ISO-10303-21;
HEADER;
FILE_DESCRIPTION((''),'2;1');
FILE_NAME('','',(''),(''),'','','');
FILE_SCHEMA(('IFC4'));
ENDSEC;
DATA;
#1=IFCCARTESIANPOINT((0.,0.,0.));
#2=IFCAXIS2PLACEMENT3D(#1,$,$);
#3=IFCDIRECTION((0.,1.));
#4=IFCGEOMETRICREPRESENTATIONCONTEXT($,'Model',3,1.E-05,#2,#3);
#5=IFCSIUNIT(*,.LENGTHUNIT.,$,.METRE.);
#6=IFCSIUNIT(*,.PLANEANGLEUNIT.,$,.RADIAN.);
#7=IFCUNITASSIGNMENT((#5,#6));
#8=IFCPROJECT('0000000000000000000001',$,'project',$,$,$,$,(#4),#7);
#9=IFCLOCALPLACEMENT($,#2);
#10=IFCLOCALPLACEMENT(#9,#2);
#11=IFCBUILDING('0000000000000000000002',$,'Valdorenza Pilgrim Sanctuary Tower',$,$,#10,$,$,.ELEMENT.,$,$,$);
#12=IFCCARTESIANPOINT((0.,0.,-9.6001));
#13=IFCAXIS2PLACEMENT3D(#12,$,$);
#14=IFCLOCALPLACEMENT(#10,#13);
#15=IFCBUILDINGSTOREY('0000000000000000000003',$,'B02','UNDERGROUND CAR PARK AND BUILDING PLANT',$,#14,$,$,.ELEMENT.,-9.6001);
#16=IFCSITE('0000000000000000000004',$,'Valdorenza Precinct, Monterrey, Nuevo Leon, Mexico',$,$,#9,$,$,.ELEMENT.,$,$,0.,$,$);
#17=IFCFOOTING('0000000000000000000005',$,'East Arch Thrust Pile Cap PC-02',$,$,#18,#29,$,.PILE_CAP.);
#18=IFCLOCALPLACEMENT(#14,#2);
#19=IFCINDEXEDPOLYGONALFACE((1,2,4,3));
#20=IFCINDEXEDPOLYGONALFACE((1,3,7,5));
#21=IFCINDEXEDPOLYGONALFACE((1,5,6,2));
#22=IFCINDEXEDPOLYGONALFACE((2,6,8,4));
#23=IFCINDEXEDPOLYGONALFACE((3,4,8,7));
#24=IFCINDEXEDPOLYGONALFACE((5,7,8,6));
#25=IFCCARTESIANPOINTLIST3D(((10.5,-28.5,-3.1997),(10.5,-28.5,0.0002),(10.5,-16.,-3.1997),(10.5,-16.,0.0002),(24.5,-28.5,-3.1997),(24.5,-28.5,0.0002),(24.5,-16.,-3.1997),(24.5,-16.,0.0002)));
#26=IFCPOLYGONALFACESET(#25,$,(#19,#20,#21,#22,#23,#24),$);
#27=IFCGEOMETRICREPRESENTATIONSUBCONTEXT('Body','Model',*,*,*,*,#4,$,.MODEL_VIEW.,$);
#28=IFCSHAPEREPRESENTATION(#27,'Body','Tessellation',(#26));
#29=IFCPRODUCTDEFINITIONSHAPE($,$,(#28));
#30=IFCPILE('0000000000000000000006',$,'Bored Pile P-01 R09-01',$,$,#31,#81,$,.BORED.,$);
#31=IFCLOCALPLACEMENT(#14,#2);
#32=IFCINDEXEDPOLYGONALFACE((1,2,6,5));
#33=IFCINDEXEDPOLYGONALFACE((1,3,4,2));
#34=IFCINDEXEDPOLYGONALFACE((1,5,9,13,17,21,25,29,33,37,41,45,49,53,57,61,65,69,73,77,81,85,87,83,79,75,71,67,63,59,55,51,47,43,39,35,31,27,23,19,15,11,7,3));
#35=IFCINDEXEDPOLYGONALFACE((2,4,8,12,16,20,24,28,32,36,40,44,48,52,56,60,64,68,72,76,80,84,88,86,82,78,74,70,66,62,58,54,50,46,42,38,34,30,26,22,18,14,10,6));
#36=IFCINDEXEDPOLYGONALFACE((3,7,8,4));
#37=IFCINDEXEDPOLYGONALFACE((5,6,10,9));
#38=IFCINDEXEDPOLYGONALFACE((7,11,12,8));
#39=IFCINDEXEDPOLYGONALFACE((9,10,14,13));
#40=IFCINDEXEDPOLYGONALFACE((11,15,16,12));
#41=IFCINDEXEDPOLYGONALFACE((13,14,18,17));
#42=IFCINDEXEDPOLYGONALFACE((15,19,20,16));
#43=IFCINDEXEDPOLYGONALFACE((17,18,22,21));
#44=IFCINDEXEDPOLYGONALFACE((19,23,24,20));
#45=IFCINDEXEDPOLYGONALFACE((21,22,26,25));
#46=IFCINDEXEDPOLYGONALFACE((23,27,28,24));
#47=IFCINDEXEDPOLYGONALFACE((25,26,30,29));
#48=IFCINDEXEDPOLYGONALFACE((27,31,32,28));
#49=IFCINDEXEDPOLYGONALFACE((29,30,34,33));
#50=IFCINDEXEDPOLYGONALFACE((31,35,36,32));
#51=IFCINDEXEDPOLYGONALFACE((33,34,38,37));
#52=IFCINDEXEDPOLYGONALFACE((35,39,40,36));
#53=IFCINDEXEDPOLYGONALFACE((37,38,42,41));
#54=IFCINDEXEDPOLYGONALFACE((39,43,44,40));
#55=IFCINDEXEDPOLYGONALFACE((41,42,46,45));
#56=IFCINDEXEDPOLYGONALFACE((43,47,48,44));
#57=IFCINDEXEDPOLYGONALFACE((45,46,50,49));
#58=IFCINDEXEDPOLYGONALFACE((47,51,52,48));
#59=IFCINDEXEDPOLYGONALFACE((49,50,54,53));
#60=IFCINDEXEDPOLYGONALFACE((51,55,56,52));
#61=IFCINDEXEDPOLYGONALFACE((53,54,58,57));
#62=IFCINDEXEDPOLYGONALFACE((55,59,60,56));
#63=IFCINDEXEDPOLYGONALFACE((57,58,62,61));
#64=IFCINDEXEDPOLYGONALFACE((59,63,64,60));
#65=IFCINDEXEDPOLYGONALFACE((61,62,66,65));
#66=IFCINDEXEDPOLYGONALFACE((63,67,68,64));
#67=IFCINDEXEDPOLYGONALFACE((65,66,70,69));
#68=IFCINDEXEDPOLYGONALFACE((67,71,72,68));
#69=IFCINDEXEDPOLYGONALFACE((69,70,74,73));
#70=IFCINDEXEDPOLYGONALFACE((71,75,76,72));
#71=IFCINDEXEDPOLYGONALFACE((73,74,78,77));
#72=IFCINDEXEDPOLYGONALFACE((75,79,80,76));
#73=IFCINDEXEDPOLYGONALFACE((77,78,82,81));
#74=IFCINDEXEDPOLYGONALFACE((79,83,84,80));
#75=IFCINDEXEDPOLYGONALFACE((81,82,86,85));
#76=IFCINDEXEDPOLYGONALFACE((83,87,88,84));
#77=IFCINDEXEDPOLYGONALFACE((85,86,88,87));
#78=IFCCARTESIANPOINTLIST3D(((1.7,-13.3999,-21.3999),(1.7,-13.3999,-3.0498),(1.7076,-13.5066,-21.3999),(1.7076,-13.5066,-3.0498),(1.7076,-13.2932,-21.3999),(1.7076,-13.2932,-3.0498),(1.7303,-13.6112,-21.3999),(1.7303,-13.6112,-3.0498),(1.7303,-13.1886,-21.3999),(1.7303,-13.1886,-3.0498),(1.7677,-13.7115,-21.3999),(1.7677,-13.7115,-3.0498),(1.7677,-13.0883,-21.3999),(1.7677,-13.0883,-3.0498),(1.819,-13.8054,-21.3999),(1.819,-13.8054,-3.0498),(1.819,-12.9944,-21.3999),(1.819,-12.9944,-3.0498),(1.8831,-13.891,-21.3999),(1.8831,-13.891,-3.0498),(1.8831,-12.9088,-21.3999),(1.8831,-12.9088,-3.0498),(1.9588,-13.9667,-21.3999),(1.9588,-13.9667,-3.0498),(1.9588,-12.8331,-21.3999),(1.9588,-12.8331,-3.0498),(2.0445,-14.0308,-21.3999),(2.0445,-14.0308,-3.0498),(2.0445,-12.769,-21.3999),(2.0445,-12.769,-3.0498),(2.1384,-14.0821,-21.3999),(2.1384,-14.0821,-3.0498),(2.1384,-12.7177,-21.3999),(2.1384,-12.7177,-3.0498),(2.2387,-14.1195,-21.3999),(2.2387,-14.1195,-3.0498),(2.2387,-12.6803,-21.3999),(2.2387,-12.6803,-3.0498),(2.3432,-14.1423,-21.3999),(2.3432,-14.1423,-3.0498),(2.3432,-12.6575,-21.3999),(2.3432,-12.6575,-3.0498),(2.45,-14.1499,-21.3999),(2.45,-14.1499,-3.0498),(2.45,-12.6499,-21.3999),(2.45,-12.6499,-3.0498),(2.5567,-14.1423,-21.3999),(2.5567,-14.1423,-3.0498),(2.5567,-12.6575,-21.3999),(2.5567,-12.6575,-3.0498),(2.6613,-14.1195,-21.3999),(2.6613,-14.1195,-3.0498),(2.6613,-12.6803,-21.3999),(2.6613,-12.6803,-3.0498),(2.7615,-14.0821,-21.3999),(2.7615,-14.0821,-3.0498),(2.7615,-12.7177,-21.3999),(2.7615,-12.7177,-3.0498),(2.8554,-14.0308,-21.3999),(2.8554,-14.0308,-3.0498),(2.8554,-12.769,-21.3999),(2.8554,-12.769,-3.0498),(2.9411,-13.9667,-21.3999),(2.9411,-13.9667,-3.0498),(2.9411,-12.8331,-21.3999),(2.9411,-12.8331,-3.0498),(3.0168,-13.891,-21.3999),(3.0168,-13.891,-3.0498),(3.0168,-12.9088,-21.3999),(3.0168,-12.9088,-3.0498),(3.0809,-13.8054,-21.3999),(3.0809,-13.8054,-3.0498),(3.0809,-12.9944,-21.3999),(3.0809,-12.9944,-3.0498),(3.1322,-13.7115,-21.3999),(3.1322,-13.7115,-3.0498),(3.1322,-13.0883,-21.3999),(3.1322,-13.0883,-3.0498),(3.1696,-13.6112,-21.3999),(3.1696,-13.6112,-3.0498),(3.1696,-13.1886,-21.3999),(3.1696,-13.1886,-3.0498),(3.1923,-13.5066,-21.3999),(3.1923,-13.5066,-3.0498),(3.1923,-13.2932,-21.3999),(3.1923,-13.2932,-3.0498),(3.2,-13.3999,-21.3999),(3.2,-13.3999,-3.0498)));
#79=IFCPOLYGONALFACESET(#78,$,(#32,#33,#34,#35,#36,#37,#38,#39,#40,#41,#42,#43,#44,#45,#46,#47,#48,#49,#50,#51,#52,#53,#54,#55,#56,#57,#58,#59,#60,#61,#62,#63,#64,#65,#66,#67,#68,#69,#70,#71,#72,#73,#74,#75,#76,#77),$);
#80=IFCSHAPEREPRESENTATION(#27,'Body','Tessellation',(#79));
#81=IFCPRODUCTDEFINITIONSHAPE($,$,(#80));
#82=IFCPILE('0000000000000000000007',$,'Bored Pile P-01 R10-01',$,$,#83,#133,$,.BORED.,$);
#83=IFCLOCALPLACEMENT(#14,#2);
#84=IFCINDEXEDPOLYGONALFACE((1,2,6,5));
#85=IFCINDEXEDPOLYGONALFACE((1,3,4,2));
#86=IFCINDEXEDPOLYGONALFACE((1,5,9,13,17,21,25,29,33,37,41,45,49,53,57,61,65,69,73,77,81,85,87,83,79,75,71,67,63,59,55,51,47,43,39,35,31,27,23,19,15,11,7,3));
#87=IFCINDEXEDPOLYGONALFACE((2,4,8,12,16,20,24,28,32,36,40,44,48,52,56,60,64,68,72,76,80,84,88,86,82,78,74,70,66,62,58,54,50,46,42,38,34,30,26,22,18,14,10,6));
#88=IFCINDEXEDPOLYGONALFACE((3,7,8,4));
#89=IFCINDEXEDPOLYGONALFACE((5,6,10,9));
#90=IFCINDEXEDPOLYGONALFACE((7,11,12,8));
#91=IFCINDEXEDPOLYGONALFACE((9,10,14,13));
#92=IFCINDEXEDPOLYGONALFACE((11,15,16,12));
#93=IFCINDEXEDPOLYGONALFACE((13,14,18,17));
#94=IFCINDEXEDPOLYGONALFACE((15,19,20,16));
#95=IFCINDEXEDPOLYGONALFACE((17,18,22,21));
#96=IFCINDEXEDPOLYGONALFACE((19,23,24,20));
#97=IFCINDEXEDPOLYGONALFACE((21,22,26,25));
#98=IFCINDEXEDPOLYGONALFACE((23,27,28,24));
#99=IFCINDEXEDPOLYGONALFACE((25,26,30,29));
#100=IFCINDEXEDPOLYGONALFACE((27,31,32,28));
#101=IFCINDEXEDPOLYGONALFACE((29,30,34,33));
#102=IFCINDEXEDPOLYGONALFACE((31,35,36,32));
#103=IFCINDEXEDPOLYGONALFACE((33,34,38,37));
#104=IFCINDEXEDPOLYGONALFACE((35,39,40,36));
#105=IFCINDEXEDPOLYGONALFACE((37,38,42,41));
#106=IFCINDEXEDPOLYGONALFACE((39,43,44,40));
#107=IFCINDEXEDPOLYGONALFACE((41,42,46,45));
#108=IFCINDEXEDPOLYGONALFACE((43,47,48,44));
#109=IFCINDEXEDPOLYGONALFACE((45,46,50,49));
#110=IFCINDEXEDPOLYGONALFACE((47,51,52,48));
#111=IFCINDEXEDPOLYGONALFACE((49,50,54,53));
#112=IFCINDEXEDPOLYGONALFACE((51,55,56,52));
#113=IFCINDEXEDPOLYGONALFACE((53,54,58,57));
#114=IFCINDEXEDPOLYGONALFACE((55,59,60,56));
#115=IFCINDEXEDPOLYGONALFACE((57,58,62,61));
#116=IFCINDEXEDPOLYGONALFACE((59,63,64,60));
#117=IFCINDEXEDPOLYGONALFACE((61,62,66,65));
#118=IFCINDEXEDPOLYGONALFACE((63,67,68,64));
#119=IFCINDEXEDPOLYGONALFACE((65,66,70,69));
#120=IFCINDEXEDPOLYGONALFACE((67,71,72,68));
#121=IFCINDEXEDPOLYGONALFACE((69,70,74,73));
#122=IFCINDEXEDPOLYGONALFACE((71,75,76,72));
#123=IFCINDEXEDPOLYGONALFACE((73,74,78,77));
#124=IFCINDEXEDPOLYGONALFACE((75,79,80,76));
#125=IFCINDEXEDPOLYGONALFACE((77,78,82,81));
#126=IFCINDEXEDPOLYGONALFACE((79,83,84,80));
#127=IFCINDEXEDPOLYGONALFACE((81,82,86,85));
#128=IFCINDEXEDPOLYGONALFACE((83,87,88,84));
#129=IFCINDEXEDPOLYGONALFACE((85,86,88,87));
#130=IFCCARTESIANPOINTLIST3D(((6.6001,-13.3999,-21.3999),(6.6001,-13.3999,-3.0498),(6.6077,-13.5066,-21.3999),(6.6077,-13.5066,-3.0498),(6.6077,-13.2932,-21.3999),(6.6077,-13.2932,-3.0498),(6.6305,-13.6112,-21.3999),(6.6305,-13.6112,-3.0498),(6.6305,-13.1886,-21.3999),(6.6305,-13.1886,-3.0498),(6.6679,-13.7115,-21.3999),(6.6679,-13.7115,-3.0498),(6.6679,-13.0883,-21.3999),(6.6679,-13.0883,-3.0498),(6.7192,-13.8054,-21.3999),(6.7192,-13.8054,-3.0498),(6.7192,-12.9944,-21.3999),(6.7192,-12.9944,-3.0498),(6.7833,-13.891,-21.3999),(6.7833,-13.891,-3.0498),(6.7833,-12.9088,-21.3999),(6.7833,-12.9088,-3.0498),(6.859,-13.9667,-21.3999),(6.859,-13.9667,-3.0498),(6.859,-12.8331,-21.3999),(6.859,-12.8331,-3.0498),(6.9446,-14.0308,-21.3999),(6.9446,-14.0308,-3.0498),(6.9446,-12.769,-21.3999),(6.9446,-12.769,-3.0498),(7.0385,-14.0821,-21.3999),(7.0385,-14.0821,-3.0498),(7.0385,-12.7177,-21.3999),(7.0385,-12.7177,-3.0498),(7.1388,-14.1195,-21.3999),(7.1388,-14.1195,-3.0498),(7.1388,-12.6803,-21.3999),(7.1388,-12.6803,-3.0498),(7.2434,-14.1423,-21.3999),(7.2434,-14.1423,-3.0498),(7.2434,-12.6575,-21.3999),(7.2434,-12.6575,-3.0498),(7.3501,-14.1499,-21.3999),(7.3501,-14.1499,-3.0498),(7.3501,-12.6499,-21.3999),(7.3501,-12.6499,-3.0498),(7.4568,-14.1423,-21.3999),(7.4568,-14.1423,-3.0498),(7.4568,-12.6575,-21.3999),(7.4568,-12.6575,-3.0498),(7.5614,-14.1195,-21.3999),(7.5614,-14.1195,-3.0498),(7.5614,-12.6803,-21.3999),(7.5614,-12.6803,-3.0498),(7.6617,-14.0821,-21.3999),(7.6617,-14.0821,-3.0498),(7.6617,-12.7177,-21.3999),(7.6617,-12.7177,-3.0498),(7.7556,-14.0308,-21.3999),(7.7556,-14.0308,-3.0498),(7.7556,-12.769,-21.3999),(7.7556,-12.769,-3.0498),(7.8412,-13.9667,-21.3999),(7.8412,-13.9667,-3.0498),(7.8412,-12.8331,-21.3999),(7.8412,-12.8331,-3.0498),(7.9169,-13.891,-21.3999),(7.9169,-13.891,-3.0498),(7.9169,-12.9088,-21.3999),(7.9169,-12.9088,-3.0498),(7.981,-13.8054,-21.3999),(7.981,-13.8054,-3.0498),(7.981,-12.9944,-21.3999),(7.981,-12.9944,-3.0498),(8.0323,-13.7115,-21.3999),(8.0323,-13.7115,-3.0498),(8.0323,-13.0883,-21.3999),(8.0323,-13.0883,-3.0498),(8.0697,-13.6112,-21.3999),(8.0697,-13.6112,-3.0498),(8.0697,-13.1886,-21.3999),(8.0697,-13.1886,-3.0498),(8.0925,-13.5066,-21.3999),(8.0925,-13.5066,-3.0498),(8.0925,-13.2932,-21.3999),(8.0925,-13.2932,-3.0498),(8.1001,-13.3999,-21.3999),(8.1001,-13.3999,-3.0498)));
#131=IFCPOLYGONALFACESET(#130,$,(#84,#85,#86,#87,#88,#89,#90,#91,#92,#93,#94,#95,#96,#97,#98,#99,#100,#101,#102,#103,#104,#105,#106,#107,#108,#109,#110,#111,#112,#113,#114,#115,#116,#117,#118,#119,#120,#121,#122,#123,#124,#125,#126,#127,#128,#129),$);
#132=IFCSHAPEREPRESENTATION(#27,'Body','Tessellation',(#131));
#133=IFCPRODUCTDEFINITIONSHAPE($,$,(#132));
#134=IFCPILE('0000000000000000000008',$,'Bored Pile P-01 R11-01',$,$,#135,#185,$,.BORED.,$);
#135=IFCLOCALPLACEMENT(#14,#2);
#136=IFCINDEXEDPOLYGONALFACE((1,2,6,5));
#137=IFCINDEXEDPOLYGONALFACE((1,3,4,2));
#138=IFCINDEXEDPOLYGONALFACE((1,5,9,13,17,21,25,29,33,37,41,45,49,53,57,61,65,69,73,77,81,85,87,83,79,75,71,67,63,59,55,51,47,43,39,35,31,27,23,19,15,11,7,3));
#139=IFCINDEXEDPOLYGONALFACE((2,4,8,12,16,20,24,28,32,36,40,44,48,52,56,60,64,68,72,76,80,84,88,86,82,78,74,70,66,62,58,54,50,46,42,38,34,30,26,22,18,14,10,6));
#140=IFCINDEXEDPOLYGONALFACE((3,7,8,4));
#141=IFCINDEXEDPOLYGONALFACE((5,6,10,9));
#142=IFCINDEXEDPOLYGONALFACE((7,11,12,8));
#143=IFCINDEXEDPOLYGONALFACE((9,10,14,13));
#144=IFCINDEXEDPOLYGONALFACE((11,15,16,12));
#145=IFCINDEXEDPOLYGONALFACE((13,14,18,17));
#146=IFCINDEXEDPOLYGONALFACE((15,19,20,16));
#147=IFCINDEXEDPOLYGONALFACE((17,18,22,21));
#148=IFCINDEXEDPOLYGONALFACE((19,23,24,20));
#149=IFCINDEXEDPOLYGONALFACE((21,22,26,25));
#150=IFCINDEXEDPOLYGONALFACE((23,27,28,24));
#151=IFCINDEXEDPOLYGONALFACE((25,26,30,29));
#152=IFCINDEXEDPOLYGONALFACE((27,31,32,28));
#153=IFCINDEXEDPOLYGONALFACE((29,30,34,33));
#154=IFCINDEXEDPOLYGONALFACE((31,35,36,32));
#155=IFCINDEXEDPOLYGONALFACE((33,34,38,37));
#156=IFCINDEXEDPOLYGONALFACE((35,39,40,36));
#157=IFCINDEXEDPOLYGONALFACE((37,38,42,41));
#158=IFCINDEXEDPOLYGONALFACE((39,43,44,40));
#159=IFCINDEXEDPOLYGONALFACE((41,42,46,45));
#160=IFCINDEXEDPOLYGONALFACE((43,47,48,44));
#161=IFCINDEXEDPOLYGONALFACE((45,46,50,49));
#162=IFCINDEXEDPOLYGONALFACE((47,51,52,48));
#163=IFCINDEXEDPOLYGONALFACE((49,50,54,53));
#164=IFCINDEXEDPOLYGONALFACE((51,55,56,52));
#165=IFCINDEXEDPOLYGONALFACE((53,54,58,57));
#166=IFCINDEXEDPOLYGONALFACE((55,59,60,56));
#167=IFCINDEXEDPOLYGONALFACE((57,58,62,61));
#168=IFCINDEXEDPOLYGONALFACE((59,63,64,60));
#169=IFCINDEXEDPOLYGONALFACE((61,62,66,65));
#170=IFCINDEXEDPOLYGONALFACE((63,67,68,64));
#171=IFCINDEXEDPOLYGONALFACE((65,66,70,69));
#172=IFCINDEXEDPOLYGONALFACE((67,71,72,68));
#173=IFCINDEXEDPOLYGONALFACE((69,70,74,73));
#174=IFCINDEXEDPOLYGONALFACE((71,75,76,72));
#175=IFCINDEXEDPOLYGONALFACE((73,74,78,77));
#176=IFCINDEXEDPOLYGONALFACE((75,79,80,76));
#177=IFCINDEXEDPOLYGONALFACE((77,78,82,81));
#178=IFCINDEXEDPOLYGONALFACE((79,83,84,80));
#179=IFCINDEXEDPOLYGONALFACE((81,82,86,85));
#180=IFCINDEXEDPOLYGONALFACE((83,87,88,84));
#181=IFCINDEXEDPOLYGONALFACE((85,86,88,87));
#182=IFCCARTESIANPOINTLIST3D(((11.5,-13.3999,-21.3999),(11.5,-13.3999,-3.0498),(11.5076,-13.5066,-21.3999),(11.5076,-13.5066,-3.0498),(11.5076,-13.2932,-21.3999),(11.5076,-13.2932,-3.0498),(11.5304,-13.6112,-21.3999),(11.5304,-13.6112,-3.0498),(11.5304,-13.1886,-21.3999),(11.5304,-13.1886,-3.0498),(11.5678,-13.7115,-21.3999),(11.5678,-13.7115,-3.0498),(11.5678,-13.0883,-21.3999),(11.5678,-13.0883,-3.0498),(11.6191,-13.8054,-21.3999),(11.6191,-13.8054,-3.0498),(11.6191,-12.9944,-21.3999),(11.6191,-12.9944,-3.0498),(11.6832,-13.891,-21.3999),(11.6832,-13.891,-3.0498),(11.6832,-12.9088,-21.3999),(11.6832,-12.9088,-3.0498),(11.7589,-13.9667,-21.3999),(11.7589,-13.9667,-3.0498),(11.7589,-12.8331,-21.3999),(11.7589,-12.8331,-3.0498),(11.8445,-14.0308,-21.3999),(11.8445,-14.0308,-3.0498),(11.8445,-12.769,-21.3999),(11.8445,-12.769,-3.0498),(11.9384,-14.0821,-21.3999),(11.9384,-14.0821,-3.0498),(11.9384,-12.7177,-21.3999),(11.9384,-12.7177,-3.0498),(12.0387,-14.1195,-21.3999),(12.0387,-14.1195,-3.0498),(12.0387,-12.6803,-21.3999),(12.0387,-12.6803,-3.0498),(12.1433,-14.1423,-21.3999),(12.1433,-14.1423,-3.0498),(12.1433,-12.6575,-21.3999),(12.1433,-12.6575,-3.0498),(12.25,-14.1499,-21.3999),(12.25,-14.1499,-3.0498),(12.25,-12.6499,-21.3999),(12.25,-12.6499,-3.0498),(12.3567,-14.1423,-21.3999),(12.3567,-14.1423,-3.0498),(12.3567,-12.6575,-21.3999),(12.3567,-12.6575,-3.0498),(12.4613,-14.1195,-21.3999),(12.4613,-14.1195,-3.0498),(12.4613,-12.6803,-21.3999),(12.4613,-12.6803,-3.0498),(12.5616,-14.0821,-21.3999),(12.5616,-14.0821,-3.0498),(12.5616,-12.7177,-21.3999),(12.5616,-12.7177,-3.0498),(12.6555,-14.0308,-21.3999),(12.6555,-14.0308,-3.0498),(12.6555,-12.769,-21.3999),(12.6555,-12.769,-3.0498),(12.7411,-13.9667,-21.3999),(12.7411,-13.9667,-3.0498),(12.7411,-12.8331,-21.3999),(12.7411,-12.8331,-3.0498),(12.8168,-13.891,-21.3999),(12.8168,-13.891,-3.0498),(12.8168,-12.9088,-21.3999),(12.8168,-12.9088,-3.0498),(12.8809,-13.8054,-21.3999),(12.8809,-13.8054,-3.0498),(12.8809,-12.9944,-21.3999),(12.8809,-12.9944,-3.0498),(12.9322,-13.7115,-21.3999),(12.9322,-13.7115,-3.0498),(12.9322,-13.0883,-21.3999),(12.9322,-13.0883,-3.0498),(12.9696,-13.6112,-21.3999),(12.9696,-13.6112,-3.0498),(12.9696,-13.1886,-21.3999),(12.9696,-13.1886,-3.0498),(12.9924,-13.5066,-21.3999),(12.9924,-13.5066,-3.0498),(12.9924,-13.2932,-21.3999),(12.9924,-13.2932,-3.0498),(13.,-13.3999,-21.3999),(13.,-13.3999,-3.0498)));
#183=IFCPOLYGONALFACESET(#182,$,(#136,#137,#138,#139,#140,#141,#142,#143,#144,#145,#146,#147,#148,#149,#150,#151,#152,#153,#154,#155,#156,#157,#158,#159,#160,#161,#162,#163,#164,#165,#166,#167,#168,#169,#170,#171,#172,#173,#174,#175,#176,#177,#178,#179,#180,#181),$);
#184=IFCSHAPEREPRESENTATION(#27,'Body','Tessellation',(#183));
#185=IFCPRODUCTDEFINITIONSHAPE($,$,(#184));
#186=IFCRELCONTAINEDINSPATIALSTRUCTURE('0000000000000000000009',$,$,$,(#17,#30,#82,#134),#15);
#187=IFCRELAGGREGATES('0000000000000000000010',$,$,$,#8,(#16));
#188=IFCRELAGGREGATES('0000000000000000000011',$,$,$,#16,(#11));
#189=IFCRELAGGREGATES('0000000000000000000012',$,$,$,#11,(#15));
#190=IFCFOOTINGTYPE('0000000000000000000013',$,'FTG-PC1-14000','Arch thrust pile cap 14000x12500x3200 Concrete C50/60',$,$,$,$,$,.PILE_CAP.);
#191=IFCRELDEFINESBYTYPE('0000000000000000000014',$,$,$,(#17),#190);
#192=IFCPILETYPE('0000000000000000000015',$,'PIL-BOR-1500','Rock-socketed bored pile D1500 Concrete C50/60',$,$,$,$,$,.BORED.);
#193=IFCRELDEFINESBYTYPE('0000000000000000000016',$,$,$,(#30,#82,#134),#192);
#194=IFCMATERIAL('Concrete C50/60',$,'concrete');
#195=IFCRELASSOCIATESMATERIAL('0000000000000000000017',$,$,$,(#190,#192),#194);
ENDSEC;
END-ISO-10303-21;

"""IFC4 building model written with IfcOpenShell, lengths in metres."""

from ifc_helpers import new_model, si_unit, direction, frame, origin, origin_2d, place, context, subcontext, project, spatial, rectangle, circle, extrude, source, transform, mapped, material, material_profile, profile_set, type_object, element, save


model = new_model("IFC4")

# Units and contexts
model_context = context("Model", 3, precision=1e-05, world=origin(), true_north=direction((0.0, 1.0)))
body_context = subcontext(model_context, "Body", "Model", "MODEL_VIEW")
ifc_project = project(units=[si_unit("LENGTHUNIT", "METRE"), si_unit("PLANEANGLEUNIT", "RADIAN")], contexts=[model_context])

# Site, building, storey
site_placement = place(None, origin())
site = spatial("IfcSite", under=ifc_project, at=site_placement, Name="Valdorenza Precinct, Monterrey, Nuevo Leon, Mexico", CompositionType="ELEMENT", RefElevation=0.0)
building_placement = place(site_placement, origin())
building = spatial("IfcBuilding", under=site, at=building_placement, Name="Valdorenza Pilgrim Sanctuary Tower", CompositionType="ELEMENT")
storey_placement = place(building_placement, frame((0.0, 0.0, -9.6001)))
storey = spatial("IfcBuildingStorey", under=building, at=storey_placement, Name="B02", Description="UNDERGROUND CAR PARK AND BUILDING PLANT", CompositionType="ELEMENT", Elevation=-9.6001)

# Footing
ifc_material_1 = material(Name="Concrete C50/60", Category="concrete")
footing_type = type_object("IfcFootingType", Name="FTG-PC1-14000", Description="Arch thrust pile cap 14000x12500x3200 Concrete C50/60", PredefinedType="PILE_CAP", material=ifc_material_1)
shared_shape_1 = source(origin(), body_context, "Body", "SweptSolid", [
    extrude(rectangle(XDim=14.0, YDim=12.5, at=origin_2d()), origin(), (0.0, 0.0, 1.0), 3.2),
])
footing_placement = place(storey_placement, frame((17.5, -22.25, -3.1997), z_axis=(0.0, 0.0, 1.0), x_axis=(1.0, 0.0, 0.0)))
element("IfcFooting", 1, at=footing_placement, inside=storey, type_object=footing_type, Name="East Arch Thrust Pile Cap PC-02", PredefinedType="PILE_CAP", context=body_context, shape_type="MappedRepresentation", body=[
    mapped(shared_shape_1, transform((0.0, 0.0, 0.0), x_axis=(1.0, 0.0, 0.0), y_axis=(0.0, 1.0, 0.0), z_axis=(0.0, 0.0, 1.0), scale=1.0)),
])

# Piles
ifc_material_profile_1 = material_profile(ifc_material_1, circle(Radius=0.75, at=origin_2d()), Name="BORED PILE 1500")
ifc_profile_set_1 = profile_set([ifc_material_profile_1], Name="Concrete C50/60")
pile_type_1 = type_object("IfcPileType", Name="PIL-BOR-1500", Description="Rock-socketed bored pile D1500 Concrete C50/60", PredefinedType="BORED", material=ifc_profile_set_1)
shared_shape_2 = source(origin(), body_context, "Body", "SweptSolid", [
    extrude(circle(Radius=0.75, at=origin_2d()), origin(), (0.0, 0.0, 1.0), 18.3501),
])
for number, where, z_axis, x_axis, name in (
    (2, (2.45, -13.3999, -3.0498), (0.0, 0.0, -1.0), (1.0, 0.0, 0.0), "Bored Pile P-01 R09-01"),
    (3, (7.3501, -13.3999, -3.0498), (0.0, 0.0, -1.0), (1.0, 0.0, 0.0), "Bored Pile P-01 R10-01"),
    (4, (12.25, -13.3999, -3.0498), (0.0, 0.0, -1.0), (1.0, 0.0, 0.0), "Bored Pile P-01 R11-01"),
):
    element("IfcPile", number, at=place(storey_placement, frame(where, z_axis=z_axis, x_axis=x_axis)), inside=storey, type_object=pile_type_1, Name=name, PredefinedType="BORED", context=body_context, shape_type="MappedRepresentation", body=[
        mapped(shared_shape_2, transform((0.0, 0.0, 0.0), x_axis=(1.0, 0.0, 0.0), y_axis=(0.0, 1.0, 0.0), z_axis=(0.0, 0.0, 1.0), scale=1.0)),
    ])

save(model, "model.ifc")
